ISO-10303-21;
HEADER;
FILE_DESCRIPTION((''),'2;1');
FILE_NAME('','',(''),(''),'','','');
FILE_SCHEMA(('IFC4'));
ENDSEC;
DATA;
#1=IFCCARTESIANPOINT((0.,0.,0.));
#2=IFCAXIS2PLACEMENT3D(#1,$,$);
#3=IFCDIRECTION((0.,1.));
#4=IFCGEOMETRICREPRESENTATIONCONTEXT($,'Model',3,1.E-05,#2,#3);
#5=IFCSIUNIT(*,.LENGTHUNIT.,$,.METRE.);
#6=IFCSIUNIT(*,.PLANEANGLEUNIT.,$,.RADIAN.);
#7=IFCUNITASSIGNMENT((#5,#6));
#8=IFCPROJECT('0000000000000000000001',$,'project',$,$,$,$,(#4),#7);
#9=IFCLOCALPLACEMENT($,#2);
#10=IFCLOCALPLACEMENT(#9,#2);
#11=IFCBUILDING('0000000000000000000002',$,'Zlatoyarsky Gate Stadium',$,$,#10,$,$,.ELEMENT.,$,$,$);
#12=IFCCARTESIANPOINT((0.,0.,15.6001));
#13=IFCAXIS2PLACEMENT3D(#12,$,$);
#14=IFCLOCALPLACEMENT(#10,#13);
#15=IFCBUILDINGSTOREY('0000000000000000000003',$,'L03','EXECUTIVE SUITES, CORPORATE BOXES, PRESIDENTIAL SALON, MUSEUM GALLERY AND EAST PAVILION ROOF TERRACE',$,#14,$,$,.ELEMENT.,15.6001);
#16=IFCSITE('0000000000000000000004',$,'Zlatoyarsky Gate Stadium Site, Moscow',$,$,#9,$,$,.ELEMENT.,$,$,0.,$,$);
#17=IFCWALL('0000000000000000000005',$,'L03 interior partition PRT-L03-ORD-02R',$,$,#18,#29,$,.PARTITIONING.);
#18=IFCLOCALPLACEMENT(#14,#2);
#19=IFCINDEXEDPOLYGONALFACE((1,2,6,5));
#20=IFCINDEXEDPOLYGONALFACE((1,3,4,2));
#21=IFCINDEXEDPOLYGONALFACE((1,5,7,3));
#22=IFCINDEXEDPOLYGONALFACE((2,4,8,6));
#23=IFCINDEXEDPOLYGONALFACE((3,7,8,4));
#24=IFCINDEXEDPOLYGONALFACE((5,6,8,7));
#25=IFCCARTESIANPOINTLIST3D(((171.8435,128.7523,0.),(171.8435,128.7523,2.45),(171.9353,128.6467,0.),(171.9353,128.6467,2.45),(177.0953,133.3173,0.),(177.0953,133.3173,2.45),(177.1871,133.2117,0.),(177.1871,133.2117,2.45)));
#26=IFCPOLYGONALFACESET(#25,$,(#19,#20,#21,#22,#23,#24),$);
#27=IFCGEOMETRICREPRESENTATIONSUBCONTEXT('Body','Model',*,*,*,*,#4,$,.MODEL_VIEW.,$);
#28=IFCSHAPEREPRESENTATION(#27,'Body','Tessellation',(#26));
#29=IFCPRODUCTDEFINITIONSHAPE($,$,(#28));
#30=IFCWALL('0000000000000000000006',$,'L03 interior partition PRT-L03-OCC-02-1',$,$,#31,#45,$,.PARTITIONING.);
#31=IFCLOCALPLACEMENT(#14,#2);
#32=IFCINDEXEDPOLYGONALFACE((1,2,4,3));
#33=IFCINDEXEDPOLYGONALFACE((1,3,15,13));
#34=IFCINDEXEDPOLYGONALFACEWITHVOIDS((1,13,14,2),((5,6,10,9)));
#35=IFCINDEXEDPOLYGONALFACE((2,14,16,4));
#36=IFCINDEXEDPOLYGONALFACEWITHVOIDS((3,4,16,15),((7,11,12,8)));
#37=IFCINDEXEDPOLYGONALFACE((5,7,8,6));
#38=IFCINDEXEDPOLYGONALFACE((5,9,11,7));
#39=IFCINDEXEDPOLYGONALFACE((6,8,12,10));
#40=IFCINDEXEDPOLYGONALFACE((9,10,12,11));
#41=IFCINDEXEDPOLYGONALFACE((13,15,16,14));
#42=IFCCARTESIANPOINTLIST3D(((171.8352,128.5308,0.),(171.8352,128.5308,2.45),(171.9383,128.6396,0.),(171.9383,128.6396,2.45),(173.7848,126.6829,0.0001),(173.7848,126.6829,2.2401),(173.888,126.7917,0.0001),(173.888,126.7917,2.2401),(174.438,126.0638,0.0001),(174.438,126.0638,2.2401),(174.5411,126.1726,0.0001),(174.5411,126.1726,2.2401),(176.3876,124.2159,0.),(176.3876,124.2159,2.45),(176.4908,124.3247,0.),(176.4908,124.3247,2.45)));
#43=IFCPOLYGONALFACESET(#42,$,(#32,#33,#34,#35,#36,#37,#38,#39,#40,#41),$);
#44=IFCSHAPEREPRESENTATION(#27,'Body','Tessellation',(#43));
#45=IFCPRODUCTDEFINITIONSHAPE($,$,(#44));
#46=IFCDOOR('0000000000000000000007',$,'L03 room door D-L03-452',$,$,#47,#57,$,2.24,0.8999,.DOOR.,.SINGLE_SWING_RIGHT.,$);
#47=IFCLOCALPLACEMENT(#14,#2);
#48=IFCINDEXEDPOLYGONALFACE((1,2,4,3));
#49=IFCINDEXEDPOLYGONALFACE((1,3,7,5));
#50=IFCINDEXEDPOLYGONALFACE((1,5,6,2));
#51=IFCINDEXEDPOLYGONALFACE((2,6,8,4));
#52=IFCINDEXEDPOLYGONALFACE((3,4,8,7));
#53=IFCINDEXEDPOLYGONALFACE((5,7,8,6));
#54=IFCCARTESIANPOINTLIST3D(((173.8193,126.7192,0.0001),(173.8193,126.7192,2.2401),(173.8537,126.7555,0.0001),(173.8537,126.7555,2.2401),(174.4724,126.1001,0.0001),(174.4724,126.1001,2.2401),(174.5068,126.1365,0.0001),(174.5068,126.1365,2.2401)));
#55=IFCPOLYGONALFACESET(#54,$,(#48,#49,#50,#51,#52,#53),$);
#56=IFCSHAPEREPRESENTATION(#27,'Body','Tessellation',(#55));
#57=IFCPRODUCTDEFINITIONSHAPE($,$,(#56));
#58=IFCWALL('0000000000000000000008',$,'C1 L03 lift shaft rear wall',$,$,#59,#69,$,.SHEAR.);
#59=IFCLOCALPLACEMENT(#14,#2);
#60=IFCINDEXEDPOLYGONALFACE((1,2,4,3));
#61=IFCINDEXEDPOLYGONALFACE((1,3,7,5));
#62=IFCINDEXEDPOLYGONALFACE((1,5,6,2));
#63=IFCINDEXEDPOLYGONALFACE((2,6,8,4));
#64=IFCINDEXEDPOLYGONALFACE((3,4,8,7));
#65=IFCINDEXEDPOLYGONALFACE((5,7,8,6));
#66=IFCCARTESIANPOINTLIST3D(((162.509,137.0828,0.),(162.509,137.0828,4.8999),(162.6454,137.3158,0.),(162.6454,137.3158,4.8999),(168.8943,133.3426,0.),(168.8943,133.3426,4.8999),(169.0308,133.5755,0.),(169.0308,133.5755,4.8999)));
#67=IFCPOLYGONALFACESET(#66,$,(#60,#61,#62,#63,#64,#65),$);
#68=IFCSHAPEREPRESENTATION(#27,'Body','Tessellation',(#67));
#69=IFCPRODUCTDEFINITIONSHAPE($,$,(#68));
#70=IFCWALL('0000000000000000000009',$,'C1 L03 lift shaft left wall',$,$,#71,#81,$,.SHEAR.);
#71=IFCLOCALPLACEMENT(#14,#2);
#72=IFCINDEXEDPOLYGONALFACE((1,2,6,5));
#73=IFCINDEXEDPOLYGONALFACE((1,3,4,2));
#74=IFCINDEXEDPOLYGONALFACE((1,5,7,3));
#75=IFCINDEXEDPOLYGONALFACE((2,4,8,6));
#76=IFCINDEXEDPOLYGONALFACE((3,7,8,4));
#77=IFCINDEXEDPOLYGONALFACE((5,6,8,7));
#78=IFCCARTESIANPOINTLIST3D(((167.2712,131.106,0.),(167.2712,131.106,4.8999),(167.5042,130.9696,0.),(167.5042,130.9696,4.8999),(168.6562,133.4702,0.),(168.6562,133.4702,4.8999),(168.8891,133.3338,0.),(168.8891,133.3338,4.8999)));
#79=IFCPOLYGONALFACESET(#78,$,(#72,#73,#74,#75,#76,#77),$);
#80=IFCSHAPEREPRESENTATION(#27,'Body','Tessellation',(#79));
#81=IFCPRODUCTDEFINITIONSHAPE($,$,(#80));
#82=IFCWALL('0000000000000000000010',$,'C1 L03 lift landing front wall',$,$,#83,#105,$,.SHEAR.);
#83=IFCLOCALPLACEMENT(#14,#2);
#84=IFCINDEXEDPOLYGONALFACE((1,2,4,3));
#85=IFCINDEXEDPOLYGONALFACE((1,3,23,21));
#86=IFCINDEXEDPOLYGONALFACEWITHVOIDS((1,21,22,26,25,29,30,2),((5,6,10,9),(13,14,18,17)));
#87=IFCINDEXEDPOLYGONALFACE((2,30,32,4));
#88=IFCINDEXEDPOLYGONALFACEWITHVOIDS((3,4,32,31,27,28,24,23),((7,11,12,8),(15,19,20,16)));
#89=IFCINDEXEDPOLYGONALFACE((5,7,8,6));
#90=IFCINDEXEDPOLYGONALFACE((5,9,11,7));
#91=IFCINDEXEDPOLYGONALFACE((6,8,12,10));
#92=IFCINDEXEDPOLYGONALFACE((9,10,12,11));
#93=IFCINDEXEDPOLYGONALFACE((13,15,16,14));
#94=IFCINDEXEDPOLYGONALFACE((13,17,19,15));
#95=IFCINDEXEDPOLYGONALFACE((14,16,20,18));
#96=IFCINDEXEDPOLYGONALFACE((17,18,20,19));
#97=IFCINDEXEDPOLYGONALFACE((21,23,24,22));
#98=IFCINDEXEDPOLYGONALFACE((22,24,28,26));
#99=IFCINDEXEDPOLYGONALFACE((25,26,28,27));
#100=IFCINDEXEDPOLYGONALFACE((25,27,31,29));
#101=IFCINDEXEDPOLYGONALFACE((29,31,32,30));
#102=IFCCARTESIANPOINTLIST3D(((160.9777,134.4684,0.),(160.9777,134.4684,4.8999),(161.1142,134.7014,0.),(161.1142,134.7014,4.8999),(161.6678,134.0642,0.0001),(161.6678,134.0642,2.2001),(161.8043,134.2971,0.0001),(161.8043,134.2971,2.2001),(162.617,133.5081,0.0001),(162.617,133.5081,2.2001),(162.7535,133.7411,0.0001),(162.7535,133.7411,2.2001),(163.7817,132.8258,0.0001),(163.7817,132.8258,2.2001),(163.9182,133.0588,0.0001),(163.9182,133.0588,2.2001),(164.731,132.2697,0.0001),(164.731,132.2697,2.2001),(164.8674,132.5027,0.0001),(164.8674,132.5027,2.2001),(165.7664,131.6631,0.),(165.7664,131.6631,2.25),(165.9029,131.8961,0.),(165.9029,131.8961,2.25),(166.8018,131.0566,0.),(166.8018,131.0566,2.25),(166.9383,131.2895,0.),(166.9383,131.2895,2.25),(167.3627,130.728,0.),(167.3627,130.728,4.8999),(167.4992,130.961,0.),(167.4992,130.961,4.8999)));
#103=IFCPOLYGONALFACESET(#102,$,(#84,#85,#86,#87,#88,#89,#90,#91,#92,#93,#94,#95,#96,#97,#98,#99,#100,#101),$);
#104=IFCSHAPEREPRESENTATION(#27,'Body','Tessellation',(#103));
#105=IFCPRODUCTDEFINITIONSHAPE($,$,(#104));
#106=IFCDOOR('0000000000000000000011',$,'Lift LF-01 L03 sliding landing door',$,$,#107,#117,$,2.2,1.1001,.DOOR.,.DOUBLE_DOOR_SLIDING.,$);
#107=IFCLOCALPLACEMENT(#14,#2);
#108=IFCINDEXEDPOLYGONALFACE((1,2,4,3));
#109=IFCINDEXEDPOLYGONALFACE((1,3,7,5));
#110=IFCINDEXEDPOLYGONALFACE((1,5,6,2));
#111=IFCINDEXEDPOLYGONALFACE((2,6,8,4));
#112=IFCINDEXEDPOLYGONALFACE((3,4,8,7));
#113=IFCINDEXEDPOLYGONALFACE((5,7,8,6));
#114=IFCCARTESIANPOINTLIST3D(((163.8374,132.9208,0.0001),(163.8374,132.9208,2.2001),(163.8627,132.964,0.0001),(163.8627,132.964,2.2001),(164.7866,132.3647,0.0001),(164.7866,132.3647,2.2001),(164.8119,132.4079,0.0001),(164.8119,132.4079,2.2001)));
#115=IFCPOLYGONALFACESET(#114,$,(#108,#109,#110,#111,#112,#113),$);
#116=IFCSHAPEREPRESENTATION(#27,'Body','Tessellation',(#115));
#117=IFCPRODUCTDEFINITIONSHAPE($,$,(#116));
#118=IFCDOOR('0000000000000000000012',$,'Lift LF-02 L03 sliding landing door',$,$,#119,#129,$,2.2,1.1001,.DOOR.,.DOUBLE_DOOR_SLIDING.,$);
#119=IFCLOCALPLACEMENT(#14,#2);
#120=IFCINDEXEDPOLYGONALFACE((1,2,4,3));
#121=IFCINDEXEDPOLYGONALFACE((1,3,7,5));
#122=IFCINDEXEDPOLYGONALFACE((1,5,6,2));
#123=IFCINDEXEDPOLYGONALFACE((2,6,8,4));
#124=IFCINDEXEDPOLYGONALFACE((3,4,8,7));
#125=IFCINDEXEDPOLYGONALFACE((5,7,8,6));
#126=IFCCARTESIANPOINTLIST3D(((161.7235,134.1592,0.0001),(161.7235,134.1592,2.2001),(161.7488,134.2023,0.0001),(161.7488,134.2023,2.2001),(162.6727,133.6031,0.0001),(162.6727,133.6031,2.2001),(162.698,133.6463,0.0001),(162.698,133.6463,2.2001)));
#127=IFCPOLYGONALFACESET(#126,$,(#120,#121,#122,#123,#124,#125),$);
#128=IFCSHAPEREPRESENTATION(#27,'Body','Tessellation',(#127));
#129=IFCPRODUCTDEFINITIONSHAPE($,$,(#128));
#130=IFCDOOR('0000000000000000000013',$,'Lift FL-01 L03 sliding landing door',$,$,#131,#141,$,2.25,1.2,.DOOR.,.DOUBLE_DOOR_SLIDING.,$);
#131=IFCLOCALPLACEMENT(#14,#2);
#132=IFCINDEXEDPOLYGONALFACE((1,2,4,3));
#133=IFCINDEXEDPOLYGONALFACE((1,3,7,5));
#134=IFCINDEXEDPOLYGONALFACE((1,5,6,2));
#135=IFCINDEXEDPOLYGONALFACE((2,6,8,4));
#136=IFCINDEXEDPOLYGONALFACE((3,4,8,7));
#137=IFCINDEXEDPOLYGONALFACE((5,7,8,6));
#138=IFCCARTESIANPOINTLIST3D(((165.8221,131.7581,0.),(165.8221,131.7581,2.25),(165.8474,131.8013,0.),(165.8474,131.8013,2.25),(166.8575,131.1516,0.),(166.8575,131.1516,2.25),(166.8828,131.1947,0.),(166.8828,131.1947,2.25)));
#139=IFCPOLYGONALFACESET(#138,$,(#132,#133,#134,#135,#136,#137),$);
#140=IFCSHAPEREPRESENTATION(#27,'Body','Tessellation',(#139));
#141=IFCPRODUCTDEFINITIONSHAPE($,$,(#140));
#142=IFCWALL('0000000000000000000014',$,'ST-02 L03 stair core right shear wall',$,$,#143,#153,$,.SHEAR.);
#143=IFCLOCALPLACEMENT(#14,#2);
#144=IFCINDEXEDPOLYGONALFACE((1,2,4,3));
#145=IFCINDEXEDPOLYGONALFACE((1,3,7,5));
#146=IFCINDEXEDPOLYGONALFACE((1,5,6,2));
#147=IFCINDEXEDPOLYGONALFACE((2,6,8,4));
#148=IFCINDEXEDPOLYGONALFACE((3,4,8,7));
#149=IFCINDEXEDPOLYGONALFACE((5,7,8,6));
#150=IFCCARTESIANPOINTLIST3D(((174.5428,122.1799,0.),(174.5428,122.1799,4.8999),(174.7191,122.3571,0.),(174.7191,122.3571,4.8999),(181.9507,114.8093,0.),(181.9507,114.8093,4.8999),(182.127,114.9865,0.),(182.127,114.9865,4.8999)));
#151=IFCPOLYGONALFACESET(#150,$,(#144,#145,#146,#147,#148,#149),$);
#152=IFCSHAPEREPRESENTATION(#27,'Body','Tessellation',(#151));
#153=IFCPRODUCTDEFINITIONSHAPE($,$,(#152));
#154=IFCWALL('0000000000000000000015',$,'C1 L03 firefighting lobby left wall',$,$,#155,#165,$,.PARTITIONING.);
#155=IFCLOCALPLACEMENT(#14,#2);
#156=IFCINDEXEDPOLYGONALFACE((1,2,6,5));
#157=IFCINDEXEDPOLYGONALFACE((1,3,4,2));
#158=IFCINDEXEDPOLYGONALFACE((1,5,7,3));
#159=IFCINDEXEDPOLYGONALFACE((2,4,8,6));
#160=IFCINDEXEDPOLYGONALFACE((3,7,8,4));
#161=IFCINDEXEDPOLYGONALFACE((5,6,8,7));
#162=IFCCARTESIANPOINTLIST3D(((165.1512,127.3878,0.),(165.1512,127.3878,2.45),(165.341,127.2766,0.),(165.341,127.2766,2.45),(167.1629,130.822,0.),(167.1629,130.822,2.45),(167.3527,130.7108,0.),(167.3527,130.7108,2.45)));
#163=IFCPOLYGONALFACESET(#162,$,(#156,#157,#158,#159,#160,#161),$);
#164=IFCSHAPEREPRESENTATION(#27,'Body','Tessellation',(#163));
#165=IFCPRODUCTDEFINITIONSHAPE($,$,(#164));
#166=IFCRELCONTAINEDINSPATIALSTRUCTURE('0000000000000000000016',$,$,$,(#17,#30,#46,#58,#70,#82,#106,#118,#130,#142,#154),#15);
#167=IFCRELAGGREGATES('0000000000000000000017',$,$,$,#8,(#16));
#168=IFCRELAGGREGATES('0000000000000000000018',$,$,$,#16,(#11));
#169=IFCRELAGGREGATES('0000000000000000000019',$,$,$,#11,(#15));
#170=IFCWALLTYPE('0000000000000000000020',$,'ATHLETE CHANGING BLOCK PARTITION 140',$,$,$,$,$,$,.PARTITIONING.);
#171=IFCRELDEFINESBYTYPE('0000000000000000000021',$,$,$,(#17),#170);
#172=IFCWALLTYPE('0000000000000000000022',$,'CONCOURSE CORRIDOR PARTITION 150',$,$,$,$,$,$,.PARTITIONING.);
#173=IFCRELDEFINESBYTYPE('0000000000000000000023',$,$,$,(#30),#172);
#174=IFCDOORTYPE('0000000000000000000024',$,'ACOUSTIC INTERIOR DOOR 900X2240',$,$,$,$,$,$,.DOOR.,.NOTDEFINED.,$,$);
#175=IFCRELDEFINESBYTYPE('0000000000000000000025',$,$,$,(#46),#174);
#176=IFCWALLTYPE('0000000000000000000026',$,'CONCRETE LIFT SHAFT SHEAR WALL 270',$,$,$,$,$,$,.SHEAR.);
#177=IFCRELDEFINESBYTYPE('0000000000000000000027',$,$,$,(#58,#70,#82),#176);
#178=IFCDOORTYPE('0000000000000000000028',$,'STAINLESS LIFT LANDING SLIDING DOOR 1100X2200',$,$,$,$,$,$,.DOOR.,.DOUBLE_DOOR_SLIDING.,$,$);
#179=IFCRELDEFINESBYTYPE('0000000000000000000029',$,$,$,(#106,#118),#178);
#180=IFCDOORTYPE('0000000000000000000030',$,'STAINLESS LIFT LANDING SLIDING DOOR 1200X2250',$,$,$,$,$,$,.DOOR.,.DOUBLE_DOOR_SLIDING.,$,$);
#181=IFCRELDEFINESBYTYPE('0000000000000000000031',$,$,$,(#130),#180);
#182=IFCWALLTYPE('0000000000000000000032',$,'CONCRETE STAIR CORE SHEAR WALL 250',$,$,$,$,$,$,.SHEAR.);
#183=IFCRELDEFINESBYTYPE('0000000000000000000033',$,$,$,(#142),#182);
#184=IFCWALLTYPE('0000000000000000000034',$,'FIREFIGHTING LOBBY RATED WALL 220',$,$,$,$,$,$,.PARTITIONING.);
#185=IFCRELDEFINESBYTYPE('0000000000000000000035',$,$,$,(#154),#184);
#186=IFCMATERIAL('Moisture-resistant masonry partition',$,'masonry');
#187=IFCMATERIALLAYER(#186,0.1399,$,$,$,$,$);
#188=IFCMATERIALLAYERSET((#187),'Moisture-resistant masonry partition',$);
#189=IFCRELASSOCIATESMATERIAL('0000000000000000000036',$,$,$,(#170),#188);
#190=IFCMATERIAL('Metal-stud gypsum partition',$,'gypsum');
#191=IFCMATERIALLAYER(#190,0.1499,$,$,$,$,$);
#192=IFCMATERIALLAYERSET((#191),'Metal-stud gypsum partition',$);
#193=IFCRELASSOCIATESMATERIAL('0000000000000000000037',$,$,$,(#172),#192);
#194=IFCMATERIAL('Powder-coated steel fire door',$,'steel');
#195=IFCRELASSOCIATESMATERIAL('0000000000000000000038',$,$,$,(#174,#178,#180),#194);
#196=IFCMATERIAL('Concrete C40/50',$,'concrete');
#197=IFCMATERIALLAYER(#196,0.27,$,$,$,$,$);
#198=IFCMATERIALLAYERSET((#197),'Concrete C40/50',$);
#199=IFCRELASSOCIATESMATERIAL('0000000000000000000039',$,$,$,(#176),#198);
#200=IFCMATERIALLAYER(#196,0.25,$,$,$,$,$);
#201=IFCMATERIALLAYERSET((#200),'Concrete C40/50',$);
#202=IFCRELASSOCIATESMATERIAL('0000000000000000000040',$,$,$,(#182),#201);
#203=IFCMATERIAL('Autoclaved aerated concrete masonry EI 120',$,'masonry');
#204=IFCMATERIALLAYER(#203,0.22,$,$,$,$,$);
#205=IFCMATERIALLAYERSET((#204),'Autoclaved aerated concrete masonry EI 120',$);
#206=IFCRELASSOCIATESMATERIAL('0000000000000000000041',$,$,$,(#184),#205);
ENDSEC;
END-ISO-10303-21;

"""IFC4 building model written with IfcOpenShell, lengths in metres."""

from ifc_helpers import new_model, si_unit, direction, frame, frame_2d, origin, place, context, subcontext, project, spatial, rectangle, extrude, material, layer, layer_set, type_object, element, fill, save


model = new_model("IFC4")

# Units and contexts
model_context = context("Model", 3, precision=1e-05, world=origin(), true_north=direction((0.0, 1.0)))
body_context = subcontext(model_context, "Body", "Model", "MODEL_VIEW")
ifc_project = project(units=[si_unit("LENGTHUNIT", "METRE"), si_unit("PLANEANGLEUNIT", "RADIAN")], contexts=[model_context])

# Site, building, storey
site_placement = place(None, origin())
site = spatial("IfcSite", under=ifc_project, at=site_placement, Name="Zlatoyarsky Gate Stadium Site, Moscow", CompositionType="ELEMENT", RefElevation=0.0)
building_placement = place(site_placement, origin())
building = spatial("IfcBuilding", under=site, at=building_placement, Name="Zlatoyarsky Gate Stadium", CompositionType="ELEMENT")
storey_placement = place(building_placement, frame((0.0, 0.0, 15.6001)))
storey = spatial("IfcBuildingStorey", under=building, at=storey_placement, Name="L03", Description="EXECUTIVE SUITES, CORPORATE BOXES, PRESIDENTIAL SALON, MUSEUM GALLERY AND EAST PAVILION ROOF TERRACE", CompositionType="ELEMENT", Elevation=15.6001)

# Wall
ifc_material_1 = material(Name="Moisture-resistant masonry partition", Category="masonry")
ifc_layer_1 = layer(ifc_material_1, 0.1399)
ifc_layer_set_1 = layer_set([ifc_layer_1], Name="Moisture-resistant masonry partition")
wall_type_1 = type_object("IfcWallType", Name="ATHLETE CHANGING BLOCK PARTITION 140", PredefinedType="PARTITIONING", material=ifc_layer_set_1)
wall_1_placement = place(storey_placement, frame((171.8894, 128.6995, 0.0), z_axis=(0.0, 0.0, 1.0), x_axis=(0.754731, 0.656035, 0.0)))
element("IfcWall", 1, at=wall_1_placement, inside=storey, type_object=wall_type_1, Name="L03 interior partition PRT-L03-ORD-02R", PredefinedType="PARTITIONING", context=body_context, shape_type="SweptSolid", body=[
    extrude(rectangle(XDim=6.9585, YDim=0.1399, at=frame_2d((3.4792, 0.0))), origin(), (0.0, 0.0, 1.0), 2.45),
])

# Wall, opening, door
ifc_material_2 = material(Name="Metal-stud gypsum partition", Category="gypsum")
ifc_layer_2 = layer(ifc_material_2, 0.1499)
ifc_layer_set_2 = layer_set([ifc_layer_2], Name="Metal-stud gypsum partition")
wall_type_2 = type_object("IfcWallType", Name="CONCOURSE CORRIDOR PARTITION 150", PredefinedType="PARTITIONING", material=ifc_layer_set_2)
wall_2_placement = place(storey_placement, frame((176.4392, 124.2703, 0.0), z_axis=(0.0, 0.0, 1.0), x_axis=(-0.725789, 0.687917, 0.0)))
wall_2 = element("IfcWall", 2, at=wall_2_placement, inside=storey, type_object=wall_type_2, Name="L03 interior partition PRT-L03-OCC-02-1", PredefinedType="PARTITIONING", context=body_context, shape_type="SweptSolid", body=[
    extrude(rectangle(XDim=6.2725, YDim=0.1499, at=frame_2d((3.1362, 0.0))), origin(), (0.0, 0.0, 1.0), 2.45),
])
opening_1_placement = place(wall_2_placement, frame((2.6863, 0.0, 0.0)))
opening_1 = element("IfcOpeningElement", 3, at=opening_1_placement, cuts=wall_2, PredefinedType="OPENING", context=body_context, shape_type="SweptSolid", body=[
    extrude(rectangle(XDim=0.8999, YDim=2.24, at=frame_2d((0.45, 1.1201))), frame((0.0, 0.085, 0.0), z_axis=(0.0, -1.0, 0.0), x_axis=(1.0, 0.0, 0.0)), (0.0, 0.0, 1.0), 0.1699),
])
ifc_material_3 = material(Name="Powder-coated steel fire door", Category="steel")
door_type_1 = type_object("IfcDoorType", Name="ACOUSTIC INTERIOR DOOR 900X2240", OperationType="NOTDEFINED", PredefinedType="DOOR", material=ifc_material_3)
door_1_placement = place(opening_1_placement, origin())
door_1 = element("IfcDoor", 4, at=door_1_placement, inside=storey, type_object=door_type_1, Name="L03 room door D-L03-452", OperationType="SINGLE_SWING_RIGHT", OverallHeight=2.24, OverallWidth=0.8999, PredefinedType="DOOR", context=body_context, shape_type="SweptSolid", body=[
    extrude(rectangle(XDim=0.8999, YDim=2.24, at=frame_2d((0.45, 1.1201))), frame((0.0, 0.0249, 0.0), z_axis=(0.0, -1.0, 0.0), x_axis=(1.0, 0.0, 0.0)), (0.0, 0.0, 1.0), 0.05),
])
fill(opening_1, door_1)

# Walls
ifc_material_4 = material(Name="Concrete C40/50", Category="concrete")
ifc_layer_3 = layer(ifc_material_4, 0.27)
ifc_layer_set_3 = layer_set([ifc_layer_3], Name="Concrete C40/50")
wall_type_3 = type_object("IfcWallType", Name="CONCRETE LIFT SHAFT SHEAR WALL 270", PredefinedType="SHEAR", material=ifc_layer_set_3)
wall_3_placement = place(storey_placement, frame((168.9626, 133.459, 0.0), z_axis=(0.0, 0.0, 1.0), x_axis=(-0.862866, 0.505433, 0.0)))
element("IfcWall", 5, at=wall_3_placement, inside=storey, type_object=wall_type_3, Name="C1 L03 lift shaft rear wall", PredefinedType="SHEAR", context=body_context, shape_type="SweptSolid", body=[
    extrude(rectangle(XDim=7.4001, YDim=0.27, at=frame_2d((3.7002, 0.0))), origin(), (0.0, 0.0, 1.0), 4.8999),
])
wall_4_placement = place(storey_placement, frame((168.7727, 133.4021, 0.0), z_axis=(0.0, 0.0, 1.0), x_axis=(-0.505466, -0.862847, 0.0)))
element("IfcWall", 6, at=wall_4_placement, inside=storey, type_object=wall_type_3, Name="C1 L03 lift shaft left wall", PredefinedType="SHEAR", context=body_context, shape_type="SweptSolid", body=[
    extrude(rectangle(XDim=2.74, YDim=0.27, at=frame_2d((1.3701, 0.0))), origin(), (0.0, 0.0, 1.0), 4.8999),
])

# Wall, openings, doors
wall_5_placement = place(storey_placement, frame((167.4309, 130.8445, 0.0), z_axis=(0.0, 0.0, 1.0), x_axis=(-0.862843, 0.505472, 0.0)))
wall_5 = element("IfcWall", 7, at=wall_5_placement, inside=storey, type_object=wall_type_3, Name="C1 L03 lift landing front wall", PredefinedType="SHEAR", context=body_context, shape_type="SweptSolid", body=[
    extrude(rectangle(XDim=7.3999, YDim=0.27, at=frame_2d((3.7, 0.0))), origin(), (0.0, 0.0, 1.0), 4.8999),
])
opening_2_placement = place(wall_5_placement, frame((0.6499, 0.0, 0.0)))
opening_2 = element("IfcOpeningElement", 8, at=opening_2_placement, cuts=wall_5, PredefinedType="OPENING", context=body_context, shape_type="SweptSolid", body=[
    extrude(rectangle(XDim=1.2, YDim=2.25, at=frame_2d((0.6001, 1.125))), frame((0.0, 0.145, 0.0), z_axis=(0.0, -1.0, 0.0), x_axis=(1.0, 0.0, 0.0)), (0.0, 0.0, 1.0), 0.29),
])
opening_3_placement = place(wall_5_placement, frame((3.05, 0.0, 0.0)))
opening_3 = element("IfcOpeningElement", 9, at=opening_3_placement, cuts=wall_5, PredefinedType="OPENING", context=body_context, shape_type="SweptSolid", body=[
    extrude(rectangle(XDim=1.1001, YDim=2.2, at=frame_2d((0.55, 1.1001))), frame((0.0, 0.145, 0.0), z_axis=(0.0, -1.0, 0.0), x_axis=(1.0, 0.0, 0.0)), (0.0, 0.0, 1.0), 0.29),
])
opening_4_placement = place(wall_5_placement, frame((5.5, 0.0, 0.0)))
opening_4 = element("IfcOpeningElement", 10, at=opening_4_placement, cuts=wall_5, PredefinedType="OPENING", context=body_context, shape_type="SweptSolid", body=[
    extrude(rectangle(XDim=1.1001, YDim=2.2, at=frame_2d((0.55, 1.1001))), frame((0.0, 0.145, 0.0), z_axis=(0.0, -1.0, 0.0), x_axis=(1.0, 0.0, 0.0)), (0.0, 0.0, 1.0), 0.29),
])
door_type_2 = type_object("IfcDoorType", Name="STAINLESS LIFT LANDING SLIDING DOOR 1100X2200", OperationType="DOUBLE_DOOR_SLIDING", PredefinedType="DOOR", material=ifc_material_3)
door_2_placement = place(opening_3_placement, origin())
door_2 = element("IfcDoor", 11, at=door_2_placement, inside=storey, type_object=door_type_2, Name="Lift LF-01 L03 sliding landing door", OperationType="DOUBLE_DOOR_SLIDING", OverallHeight=2.2, OverallWidth=1.1001, PredefinedType="DOOR", context=body_context, shape_type="SweptSolid", body=[
    extrude(rectangle(XDim=1.1001, YDim=2.2, at=frame_2d((0.55, 1.1001))), frame((0.0, 0.0249, 0.0), z_axis=(0.0, -1.0, 0.0), x_axis=(1.0, 0.0, 0.0)), (0.0, 0.0, 1.0), 0.05),
])
fill(opening_3, door_2)
door_3_placement = place(opening_4_placement, origin())
door_3 = element("IfcDoor", 12, at=door_3_placement, inside=storey, type_object=door_type_2, Name="Lift LF-02 L03 sliding landing door", OperationType="DOUBLE_DOOR_SLIDING", OverallHeight=2.2, OverallWidth=1.1001, PredefinedType="DOOR", context=body_context, shape_type="SweptSolid", body=[
    extrude(rectangle(XDim=1.1001, YDim=2.2, at=frame_2d((0.55, 1.1001))), frame((0.0, 0.0249, 0.0), z_axis=(0.0, -1.0, 0.0), x_axis=(1.0, 0.0, 0.0)), (0.0, 0.0, 1.0), 0.05),
])
fill(opening_4, door_3)
door_type_3 = type_object("IfcDoorType", Name="STAINLESS LIFT LANDING SLIDING DOOR 1200X2250", OperationType="DOUBLE_DOOR_SLIDING", PredefinedType="DOOR", material=ifc_material_3)
door_4_placement = place(opening_2_placement, origin())
door_4 = element("IfcDoor", 13, at=door_4_placement, inside=storey, type_object=door_type_3, Name="Lift FL-01 L03 sliding landing door", OperationType="DOUBLE_DOOR_SLIDING", OverallHeight=2.25, OverallWidth=1.2, PredefinedType="DOOR", context=body_context, shape_type="SweptSolid", body=[
    extrude(rectangle(XDim=1.2, YDim=2.25, at=frame_2d((0.6001, 1.125))), frame((0.0, 0.0249, 0.0), z_axis=(0.0, -1.0, 0.0), x_axis=(1.0, 0.0, 0.0)), (0.0, 0.0, 1.0), 0.05),
])
fill(opening_2, door_4)

# Walls
ifc_layer_4 = layer(ifc_material_4, 0.25)
ifc_layer_set_4 = layer_set([ifc_layer_4], Name="Concrete C40/50")
wall_type_4 = type_object("IfcWallType", Name="CONCRETE STAIR CORE SHEAR WALL 250", PredefinedType="SHEAR", material=ifc_layer_set_4)
wall_6_placement = place(storey_placement, frame((174.6309, 122.2686, 0.0), z_axis=(0.0, 0.0, 1.0), x_axis=(0.708892, -0.705317, 0.0)))
element("IfcWall", 14, at=wall_6_placement, inside=storey, type_object=wall_type_4, Name="ST-02 L03 stair core right shear wall", PredefinedType="SHEAR", context=body_context, shape_type="SweptSolid", body=[
    extrude(rectangle(XDim=10.45, YDim=0.25, at=frame_2d((5.2251, 0.0))), origin(), (0.0, 0.0, 1.0), 4.8999),
])
ifc_material_5 = material(Name="Autoclaved aerated concrete masonry EI 120", Category="masonry")
ifc_layer_5 = layer(ifc_material_5, 0.22)
ifc_layer_set_5 = layer_set([ifc_layer_5], Name="Autoclaved aerated concrete masonry EI 120")
wall_type_5 = type_object("IfcWallType", Name="FIREFIGHTING LOBBY RATED WALL 220", PredefinedType="PARTITIONING", material=ifc_layer_set_5)
wall_7_placement = place(storey_placement, frame((167.2578, 130.7664, 0.0), z_axis=(0.0, 0.0, 1.0), x_axis=(-0.505464, -0.862847, 0.0)))
element("IfcWall", 15, at=wall_7_placement, inside=storey, type_object=wall_type_5, Name="C1 L03 firefighting lobby left wall", PredefinedType="PARTITIONING", context=body_context, shape_type="SweptSolid", body=[
    extrude(rectangle(XDim=3.98, YDim=0.22, at=frame_2d((1.99, 0.0))), origin(), (0.0, 0.0, 1.0), 2.45),
])

save(model, "model.ifc")
